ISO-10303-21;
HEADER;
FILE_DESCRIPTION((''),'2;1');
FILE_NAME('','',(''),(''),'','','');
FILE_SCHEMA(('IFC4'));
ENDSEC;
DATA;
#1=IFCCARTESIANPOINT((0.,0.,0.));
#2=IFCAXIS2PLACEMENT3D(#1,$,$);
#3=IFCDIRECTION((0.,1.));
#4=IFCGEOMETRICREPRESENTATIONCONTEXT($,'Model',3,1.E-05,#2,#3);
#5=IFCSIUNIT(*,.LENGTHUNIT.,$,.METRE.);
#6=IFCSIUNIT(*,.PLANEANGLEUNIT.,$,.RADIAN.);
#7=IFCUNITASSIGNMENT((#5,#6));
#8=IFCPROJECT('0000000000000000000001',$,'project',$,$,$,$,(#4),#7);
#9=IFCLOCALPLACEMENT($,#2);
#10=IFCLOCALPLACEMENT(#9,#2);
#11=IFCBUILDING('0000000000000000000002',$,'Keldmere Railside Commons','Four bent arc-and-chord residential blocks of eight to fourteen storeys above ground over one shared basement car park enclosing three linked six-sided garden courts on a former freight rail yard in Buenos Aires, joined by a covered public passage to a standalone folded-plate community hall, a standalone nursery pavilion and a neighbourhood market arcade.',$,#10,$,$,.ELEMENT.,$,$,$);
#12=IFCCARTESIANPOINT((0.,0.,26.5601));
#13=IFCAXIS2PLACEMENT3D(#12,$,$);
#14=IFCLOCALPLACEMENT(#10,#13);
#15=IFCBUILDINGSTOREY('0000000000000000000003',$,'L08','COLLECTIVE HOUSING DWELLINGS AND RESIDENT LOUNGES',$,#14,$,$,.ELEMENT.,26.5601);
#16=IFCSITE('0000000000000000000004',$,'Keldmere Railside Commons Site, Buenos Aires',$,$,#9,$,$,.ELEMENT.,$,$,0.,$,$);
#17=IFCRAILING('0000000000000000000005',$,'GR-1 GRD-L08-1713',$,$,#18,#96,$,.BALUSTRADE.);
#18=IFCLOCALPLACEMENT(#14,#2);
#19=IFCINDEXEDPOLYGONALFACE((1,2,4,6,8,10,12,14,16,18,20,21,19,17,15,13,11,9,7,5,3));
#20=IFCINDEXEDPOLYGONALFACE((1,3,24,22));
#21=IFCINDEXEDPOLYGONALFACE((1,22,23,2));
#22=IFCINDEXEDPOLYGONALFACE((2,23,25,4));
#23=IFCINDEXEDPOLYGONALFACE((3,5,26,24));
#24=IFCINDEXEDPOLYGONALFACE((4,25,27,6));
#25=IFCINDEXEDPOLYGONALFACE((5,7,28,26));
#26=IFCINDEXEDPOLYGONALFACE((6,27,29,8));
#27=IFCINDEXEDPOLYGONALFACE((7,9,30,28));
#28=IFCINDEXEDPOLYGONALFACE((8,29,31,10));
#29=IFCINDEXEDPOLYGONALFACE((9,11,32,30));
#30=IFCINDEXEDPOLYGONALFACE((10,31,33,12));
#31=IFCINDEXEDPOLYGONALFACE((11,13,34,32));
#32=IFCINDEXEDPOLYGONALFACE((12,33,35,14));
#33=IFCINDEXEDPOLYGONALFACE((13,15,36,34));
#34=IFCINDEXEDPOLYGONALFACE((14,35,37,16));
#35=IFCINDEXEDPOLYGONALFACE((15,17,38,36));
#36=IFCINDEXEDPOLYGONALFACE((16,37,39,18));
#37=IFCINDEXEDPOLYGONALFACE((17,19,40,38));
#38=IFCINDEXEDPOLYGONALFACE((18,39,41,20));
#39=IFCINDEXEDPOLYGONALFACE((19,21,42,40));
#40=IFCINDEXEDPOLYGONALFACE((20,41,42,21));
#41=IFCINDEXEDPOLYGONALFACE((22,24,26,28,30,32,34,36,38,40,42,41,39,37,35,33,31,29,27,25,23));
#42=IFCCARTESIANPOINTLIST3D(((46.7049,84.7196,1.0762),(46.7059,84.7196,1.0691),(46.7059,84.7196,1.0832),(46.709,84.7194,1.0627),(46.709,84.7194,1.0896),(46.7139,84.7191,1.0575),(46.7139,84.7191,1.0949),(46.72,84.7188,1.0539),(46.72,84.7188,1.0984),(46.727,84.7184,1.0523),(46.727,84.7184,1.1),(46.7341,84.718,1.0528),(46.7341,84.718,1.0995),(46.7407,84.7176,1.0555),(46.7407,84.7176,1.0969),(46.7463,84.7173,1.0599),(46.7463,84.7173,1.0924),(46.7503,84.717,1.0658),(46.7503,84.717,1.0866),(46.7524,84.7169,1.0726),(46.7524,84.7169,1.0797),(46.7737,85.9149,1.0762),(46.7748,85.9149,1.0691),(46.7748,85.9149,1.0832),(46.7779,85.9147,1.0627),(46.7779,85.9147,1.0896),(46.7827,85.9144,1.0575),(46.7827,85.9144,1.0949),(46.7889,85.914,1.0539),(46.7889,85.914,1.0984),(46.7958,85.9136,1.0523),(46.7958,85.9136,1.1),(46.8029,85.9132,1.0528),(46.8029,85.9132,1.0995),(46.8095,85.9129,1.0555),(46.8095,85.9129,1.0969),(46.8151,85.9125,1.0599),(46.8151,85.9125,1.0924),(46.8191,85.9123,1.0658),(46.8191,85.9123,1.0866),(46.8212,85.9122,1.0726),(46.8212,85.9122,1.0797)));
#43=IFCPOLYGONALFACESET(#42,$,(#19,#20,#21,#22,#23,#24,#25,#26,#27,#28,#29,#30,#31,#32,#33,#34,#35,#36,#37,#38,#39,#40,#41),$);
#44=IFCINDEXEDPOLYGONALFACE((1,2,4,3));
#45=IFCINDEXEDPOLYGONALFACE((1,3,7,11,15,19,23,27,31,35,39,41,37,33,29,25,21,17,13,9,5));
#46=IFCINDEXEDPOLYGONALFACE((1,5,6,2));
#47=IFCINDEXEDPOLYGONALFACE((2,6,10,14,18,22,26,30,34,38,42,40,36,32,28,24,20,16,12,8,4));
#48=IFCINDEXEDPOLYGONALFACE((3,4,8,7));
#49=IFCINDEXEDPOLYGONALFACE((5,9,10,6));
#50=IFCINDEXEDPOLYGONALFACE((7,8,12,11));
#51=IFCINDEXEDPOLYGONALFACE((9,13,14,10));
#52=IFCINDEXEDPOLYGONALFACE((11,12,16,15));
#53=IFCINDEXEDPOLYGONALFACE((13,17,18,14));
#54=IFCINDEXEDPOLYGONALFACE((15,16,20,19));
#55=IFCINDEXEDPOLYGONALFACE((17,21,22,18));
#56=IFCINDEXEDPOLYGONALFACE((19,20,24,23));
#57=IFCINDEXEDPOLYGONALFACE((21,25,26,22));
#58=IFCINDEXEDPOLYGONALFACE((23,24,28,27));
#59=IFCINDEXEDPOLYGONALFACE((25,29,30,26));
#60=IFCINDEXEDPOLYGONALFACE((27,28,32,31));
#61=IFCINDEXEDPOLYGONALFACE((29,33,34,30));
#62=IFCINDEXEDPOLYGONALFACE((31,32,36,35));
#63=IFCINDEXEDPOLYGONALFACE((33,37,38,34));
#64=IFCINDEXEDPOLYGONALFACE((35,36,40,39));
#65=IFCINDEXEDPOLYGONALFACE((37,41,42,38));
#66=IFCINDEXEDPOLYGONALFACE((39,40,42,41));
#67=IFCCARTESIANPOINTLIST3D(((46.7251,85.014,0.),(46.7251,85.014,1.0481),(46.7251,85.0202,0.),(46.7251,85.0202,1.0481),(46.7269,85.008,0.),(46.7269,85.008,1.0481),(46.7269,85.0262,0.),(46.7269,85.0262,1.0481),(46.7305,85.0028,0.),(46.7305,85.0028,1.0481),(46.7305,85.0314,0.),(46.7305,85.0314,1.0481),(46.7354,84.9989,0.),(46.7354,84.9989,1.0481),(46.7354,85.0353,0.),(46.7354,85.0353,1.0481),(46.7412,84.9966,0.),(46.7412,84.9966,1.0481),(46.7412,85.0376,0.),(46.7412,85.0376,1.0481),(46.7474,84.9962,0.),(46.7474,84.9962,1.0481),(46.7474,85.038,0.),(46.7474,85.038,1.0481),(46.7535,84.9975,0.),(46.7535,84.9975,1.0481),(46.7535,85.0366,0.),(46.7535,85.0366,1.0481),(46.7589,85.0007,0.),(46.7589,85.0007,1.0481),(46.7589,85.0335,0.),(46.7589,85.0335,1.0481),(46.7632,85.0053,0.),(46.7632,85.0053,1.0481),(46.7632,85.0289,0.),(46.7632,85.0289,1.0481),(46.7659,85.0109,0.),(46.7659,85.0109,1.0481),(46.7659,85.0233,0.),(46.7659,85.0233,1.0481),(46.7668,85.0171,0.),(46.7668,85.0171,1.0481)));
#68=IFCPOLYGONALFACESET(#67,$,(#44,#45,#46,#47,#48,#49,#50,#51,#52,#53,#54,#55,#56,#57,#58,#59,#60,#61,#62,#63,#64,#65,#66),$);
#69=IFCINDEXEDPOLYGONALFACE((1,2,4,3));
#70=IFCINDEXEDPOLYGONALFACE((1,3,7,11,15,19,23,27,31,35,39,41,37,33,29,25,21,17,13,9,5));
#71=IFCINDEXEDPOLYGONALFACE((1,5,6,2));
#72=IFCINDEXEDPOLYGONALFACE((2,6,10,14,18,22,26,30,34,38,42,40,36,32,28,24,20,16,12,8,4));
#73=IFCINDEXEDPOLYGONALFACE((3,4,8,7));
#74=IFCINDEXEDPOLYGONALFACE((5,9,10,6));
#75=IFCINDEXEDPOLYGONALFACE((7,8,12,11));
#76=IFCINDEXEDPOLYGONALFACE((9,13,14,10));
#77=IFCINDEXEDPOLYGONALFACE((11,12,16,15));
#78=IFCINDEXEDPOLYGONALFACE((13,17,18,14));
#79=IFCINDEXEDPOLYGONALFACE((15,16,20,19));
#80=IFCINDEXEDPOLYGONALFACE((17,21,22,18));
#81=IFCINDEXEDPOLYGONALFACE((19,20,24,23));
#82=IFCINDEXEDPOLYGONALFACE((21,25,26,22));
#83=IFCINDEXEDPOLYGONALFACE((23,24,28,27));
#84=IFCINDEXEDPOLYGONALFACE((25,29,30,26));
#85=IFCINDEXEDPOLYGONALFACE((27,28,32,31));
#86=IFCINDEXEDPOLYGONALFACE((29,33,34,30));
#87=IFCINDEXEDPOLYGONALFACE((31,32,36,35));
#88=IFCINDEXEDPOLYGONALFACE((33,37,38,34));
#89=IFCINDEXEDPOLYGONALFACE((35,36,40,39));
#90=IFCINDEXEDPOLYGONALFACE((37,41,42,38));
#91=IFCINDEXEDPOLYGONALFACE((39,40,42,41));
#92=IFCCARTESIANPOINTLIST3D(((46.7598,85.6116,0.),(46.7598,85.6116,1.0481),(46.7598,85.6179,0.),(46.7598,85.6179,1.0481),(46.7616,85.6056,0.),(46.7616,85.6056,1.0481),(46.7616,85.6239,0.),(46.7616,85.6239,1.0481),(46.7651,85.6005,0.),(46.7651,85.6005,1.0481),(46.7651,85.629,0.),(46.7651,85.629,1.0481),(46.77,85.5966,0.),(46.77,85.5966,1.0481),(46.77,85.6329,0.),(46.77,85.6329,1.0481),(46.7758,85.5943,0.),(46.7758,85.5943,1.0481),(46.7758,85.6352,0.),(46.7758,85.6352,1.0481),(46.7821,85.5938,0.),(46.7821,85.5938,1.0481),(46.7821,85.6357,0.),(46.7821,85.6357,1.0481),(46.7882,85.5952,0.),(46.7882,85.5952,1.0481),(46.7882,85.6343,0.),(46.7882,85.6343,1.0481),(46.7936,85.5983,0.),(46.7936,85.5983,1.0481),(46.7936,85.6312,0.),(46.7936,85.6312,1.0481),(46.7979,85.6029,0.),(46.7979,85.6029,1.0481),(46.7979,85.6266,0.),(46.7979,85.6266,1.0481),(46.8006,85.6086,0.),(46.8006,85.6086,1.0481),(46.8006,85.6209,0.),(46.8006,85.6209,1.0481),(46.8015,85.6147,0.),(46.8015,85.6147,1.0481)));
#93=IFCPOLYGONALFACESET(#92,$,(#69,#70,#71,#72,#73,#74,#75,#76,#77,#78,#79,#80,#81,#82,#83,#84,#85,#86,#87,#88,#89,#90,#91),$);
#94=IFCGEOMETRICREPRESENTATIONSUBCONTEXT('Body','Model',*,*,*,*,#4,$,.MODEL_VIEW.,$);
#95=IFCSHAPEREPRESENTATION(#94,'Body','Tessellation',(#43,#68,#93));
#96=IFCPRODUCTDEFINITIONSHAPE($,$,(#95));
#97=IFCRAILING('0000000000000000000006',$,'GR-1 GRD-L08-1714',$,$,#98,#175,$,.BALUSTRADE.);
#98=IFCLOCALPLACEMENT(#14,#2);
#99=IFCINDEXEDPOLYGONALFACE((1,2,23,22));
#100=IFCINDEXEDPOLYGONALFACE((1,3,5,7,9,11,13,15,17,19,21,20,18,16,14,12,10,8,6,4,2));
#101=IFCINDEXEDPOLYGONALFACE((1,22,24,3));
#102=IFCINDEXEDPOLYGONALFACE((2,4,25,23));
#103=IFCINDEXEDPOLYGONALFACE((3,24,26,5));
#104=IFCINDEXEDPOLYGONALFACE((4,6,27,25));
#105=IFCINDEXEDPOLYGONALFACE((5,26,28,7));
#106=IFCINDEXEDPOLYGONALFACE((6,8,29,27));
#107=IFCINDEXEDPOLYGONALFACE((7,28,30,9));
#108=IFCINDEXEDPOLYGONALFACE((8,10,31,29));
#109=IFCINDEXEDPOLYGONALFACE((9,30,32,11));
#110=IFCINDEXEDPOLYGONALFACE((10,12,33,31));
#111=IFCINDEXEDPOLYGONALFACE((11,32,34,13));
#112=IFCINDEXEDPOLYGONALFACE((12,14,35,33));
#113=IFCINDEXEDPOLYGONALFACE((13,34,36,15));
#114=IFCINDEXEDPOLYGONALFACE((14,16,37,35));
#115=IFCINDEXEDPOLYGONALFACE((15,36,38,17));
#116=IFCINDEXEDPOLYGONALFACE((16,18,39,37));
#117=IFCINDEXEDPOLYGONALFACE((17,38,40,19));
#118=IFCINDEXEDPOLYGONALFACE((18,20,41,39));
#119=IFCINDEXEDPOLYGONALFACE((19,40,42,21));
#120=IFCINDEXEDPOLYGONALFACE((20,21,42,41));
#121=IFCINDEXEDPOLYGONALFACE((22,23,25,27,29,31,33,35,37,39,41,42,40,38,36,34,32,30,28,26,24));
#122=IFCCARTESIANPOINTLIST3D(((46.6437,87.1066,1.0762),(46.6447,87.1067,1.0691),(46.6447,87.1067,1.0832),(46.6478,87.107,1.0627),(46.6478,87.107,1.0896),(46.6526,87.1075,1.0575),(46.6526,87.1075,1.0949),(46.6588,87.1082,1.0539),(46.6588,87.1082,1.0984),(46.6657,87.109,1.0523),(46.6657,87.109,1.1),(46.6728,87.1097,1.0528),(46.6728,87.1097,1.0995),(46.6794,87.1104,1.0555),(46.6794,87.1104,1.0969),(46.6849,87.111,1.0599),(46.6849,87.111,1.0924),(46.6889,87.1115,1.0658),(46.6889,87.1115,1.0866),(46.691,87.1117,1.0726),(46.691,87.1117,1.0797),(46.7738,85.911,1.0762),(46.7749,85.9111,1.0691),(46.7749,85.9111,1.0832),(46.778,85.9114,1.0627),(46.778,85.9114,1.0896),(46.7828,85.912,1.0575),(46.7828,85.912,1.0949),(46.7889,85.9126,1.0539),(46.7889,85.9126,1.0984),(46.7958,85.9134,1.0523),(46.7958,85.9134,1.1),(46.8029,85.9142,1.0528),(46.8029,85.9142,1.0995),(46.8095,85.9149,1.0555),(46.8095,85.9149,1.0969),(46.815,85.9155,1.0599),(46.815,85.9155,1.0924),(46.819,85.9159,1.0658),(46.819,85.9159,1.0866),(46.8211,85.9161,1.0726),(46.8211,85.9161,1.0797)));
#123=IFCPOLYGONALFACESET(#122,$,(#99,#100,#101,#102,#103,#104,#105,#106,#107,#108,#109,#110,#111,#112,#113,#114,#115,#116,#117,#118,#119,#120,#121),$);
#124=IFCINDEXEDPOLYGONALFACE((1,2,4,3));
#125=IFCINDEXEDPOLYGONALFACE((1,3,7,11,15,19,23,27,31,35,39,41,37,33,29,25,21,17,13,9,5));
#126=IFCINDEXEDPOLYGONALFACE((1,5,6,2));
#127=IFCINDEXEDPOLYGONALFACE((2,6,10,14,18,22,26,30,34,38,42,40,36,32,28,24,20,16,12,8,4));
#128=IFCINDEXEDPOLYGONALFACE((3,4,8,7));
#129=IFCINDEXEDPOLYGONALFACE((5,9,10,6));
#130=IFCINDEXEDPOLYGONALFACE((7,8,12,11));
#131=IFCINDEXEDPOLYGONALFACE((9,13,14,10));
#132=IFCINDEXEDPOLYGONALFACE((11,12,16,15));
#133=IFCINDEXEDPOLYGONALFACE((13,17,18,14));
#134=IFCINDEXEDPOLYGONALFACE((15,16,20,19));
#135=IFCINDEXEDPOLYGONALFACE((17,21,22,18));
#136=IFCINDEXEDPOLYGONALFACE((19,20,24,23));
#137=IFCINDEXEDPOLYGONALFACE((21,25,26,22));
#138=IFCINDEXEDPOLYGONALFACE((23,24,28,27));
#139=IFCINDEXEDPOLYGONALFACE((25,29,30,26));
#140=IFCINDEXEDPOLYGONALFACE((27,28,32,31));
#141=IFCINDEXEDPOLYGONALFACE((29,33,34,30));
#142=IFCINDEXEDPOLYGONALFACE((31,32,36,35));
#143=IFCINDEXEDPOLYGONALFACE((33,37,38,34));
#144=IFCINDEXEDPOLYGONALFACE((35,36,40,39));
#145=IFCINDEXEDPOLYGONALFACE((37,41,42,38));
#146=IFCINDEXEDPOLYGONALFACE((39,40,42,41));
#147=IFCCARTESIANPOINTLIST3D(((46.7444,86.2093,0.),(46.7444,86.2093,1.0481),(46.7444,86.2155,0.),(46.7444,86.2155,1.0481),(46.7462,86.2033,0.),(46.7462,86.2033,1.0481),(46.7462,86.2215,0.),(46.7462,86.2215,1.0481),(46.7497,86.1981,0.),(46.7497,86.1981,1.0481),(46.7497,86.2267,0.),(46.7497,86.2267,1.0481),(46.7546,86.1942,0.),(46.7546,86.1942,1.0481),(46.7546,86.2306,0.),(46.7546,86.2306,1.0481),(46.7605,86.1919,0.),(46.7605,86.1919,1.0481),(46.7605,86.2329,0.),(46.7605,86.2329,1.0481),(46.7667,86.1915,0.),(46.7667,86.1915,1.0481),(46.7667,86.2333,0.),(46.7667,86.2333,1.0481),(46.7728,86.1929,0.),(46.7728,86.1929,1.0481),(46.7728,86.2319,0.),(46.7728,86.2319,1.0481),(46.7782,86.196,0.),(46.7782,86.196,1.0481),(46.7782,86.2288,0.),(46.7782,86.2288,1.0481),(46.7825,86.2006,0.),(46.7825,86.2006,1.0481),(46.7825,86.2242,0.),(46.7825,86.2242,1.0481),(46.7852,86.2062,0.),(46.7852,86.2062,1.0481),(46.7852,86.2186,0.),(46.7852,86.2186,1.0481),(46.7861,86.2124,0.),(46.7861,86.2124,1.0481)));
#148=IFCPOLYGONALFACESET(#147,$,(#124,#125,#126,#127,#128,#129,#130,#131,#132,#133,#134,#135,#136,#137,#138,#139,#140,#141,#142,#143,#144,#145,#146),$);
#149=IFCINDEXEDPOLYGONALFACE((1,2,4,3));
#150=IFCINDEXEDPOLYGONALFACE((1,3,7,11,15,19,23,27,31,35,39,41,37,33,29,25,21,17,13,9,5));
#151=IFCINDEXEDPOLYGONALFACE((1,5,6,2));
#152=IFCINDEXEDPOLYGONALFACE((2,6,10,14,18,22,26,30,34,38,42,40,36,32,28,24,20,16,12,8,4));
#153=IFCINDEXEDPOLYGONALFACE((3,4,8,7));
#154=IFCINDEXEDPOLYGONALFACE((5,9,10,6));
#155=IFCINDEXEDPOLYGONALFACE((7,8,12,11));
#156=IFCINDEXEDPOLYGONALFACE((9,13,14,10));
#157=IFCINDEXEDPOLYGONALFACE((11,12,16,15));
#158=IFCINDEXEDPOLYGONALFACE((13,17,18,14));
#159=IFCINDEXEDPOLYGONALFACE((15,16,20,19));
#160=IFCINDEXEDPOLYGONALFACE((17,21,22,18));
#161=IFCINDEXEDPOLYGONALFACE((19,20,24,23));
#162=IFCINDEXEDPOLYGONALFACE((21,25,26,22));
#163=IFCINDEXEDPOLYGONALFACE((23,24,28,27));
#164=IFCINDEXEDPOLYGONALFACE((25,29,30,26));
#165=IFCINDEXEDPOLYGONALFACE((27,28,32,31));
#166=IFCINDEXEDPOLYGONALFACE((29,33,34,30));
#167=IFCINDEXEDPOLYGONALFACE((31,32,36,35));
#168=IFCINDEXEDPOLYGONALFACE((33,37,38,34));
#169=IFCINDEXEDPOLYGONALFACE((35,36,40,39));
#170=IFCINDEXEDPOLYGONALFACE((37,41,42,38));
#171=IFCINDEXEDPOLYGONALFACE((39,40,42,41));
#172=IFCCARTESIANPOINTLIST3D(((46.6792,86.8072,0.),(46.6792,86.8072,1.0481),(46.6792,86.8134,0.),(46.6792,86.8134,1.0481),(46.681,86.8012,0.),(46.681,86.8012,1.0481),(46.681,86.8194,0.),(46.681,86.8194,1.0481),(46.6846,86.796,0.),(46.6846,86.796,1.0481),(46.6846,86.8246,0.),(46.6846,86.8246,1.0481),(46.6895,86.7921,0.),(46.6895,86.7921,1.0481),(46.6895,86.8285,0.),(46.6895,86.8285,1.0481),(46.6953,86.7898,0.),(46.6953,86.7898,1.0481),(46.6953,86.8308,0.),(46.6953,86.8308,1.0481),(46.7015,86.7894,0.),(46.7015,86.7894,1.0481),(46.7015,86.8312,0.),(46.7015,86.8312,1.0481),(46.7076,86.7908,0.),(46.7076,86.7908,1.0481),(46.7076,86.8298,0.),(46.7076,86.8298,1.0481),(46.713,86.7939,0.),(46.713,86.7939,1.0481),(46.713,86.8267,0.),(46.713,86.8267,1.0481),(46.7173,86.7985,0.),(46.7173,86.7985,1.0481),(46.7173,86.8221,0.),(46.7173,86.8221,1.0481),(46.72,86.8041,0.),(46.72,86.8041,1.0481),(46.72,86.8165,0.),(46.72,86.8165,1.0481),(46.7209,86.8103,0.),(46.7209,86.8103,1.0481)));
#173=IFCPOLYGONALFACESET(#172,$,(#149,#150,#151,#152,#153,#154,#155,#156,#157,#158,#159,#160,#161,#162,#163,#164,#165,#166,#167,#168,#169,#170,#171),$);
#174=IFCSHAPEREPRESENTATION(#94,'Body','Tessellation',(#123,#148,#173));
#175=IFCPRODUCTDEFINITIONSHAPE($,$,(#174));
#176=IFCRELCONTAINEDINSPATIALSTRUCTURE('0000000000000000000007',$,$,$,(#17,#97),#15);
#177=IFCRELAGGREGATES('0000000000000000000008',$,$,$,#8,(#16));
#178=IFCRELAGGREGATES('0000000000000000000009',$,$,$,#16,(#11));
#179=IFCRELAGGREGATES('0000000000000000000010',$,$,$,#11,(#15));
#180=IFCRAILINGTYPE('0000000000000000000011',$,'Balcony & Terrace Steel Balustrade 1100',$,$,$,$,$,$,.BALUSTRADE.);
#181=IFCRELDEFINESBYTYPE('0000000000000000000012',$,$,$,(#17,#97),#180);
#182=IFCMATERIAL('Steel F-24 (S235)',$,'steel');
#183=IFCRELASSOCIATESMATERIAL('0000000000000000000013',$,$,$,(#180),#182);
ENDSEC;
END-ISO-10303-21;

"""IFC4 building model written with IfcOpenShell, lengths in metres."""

from ifc_helpers import new_model, si_unit, direction, frame, origin, origin_2d, place, context, subcontext, project, spatial, circle, extrude, material, type_object, element, save


model = new_model("IFC4")

# Units and contexts
model_context = context("Model", 3, precision=1e-05, world=origin(), true_north=direction((0.0, 1.0)))
body_context = subcontext(model_context, "Body", "Model", "MODEL_VIEW")
ifc_project = project(units=[si_unit("LENGTHUNIT", "METRE"), si_unit("PLANEANGLEUNIT", "RADIAN")], contexts=[model_context])

# Site, building, storey
site_placement = place(None, origin())
site = spatial("IfcSite", under=ifc_project, at=site_placement, Name="Keldmere Railside Commons Site, Buenos Aires", CompositionType="ELEMENT", RefElevation=0.0)
building_placement = place(site_placement, origin())
building = spatial("IfcBuilding", under=site, at=building_placement, Name="Keldmere Railside Commons", Description="Four bent arc-and-chord residential blocks of eight to fourteen storeys above ground over one shared basement car park enclosing three linked six-sided garden courts on a former freight rail yard in Buenos Aires, joined by a covered public passage to a standalone folded-plate community hall, a standalone nursery pavilion and a neighbourhood market arcade.", CompositionType="ELEMENT")
storey_placement = place(building_placement, frame((0.0, 0.0, 26.5601)))
storey = spatial("IfcBuildingStorey", under=building, at=storey_placement, Name="L08", Description="COLLECTIVE HOUSING DWELLINGS AND RESIDENT LOUNGES", CompositionType="ELEMENT", Elevation=26.5601)

# Railings
ifc_material_1 = material(Name="Steel F-24 (S235)", Category="steel")
railing_type = type_object("IfcRailingType", Name="Balcony & Terrace Steel Balustrade 1100", PredefinedType="BALUSTRADE", material=ifc_material_1)
railing_1_placement = place(storey_placement, frame((46.7288, 84.7183, 0.0)))
element("IfcRailing", 1, at=railing_1_placement, inside=storey, type_object=railing_type, Name="GR-1 GRD-L08-1713", PredefinedType="BALUSTRADE", context=body_context, shape_type="SweptSolid", body=[
    extrude(circle(Radius=0.0239, at=origin_2d()), frame((0.0, 0.0, 1.0762), z_axis=(0.057503, 0.998345, 0.0), x_axis=(-0.998345, 0.057503, 0.0)), (0.0, 0.0, 1.0), 1.1973),
    extrude(circle(Radius=0.021, at=origin_2d()), frame((0.0171, 0.2988, 0.0)), (0.0, 0.0, 1.0), 1.0481),
    extrude(circle(Radius=0.021, at=origin_2d()), frame((0.0518, 0.8965, 0.0)), (0.0, 0.0, 1.0), 1.0481),
])
railing_2_placement = place(storey_placement, frame((46.7976, 85.9136, 0.0)))
element("IfcRailing", 2, at=railing_2_placement, inside=storey, type_object=railing_type, Name="GR-1 GRD-L08-1714", PredefinedType="BALUSTRADE", context=body_context, shape_type="SweptSolid", body=[
    extrude(circle(Radius=0.0239, at=origin_2d()), frame((0.0, 0.0, 1.0762), z_axis=(-0.108203, 0.994129, 0.0), x_axis=(-0.994129, -0.108203, 0.0)), (0.0, 0.0, 1.0), 1.2026),
    extrude(circle(Radius=0.021, at=origin_2d()), frame((-0.0325, 0.2988, 0.0)), (0.0, 0.0, 1.0), 1.0481),
    extrude(circle(Radius=0.021, at=origin_2d()), frame((-0.0977, 0.8967, 0.0)), (0.0, 0.0, 1.0), 1.0481),
])

save(model, "model.ifc")
